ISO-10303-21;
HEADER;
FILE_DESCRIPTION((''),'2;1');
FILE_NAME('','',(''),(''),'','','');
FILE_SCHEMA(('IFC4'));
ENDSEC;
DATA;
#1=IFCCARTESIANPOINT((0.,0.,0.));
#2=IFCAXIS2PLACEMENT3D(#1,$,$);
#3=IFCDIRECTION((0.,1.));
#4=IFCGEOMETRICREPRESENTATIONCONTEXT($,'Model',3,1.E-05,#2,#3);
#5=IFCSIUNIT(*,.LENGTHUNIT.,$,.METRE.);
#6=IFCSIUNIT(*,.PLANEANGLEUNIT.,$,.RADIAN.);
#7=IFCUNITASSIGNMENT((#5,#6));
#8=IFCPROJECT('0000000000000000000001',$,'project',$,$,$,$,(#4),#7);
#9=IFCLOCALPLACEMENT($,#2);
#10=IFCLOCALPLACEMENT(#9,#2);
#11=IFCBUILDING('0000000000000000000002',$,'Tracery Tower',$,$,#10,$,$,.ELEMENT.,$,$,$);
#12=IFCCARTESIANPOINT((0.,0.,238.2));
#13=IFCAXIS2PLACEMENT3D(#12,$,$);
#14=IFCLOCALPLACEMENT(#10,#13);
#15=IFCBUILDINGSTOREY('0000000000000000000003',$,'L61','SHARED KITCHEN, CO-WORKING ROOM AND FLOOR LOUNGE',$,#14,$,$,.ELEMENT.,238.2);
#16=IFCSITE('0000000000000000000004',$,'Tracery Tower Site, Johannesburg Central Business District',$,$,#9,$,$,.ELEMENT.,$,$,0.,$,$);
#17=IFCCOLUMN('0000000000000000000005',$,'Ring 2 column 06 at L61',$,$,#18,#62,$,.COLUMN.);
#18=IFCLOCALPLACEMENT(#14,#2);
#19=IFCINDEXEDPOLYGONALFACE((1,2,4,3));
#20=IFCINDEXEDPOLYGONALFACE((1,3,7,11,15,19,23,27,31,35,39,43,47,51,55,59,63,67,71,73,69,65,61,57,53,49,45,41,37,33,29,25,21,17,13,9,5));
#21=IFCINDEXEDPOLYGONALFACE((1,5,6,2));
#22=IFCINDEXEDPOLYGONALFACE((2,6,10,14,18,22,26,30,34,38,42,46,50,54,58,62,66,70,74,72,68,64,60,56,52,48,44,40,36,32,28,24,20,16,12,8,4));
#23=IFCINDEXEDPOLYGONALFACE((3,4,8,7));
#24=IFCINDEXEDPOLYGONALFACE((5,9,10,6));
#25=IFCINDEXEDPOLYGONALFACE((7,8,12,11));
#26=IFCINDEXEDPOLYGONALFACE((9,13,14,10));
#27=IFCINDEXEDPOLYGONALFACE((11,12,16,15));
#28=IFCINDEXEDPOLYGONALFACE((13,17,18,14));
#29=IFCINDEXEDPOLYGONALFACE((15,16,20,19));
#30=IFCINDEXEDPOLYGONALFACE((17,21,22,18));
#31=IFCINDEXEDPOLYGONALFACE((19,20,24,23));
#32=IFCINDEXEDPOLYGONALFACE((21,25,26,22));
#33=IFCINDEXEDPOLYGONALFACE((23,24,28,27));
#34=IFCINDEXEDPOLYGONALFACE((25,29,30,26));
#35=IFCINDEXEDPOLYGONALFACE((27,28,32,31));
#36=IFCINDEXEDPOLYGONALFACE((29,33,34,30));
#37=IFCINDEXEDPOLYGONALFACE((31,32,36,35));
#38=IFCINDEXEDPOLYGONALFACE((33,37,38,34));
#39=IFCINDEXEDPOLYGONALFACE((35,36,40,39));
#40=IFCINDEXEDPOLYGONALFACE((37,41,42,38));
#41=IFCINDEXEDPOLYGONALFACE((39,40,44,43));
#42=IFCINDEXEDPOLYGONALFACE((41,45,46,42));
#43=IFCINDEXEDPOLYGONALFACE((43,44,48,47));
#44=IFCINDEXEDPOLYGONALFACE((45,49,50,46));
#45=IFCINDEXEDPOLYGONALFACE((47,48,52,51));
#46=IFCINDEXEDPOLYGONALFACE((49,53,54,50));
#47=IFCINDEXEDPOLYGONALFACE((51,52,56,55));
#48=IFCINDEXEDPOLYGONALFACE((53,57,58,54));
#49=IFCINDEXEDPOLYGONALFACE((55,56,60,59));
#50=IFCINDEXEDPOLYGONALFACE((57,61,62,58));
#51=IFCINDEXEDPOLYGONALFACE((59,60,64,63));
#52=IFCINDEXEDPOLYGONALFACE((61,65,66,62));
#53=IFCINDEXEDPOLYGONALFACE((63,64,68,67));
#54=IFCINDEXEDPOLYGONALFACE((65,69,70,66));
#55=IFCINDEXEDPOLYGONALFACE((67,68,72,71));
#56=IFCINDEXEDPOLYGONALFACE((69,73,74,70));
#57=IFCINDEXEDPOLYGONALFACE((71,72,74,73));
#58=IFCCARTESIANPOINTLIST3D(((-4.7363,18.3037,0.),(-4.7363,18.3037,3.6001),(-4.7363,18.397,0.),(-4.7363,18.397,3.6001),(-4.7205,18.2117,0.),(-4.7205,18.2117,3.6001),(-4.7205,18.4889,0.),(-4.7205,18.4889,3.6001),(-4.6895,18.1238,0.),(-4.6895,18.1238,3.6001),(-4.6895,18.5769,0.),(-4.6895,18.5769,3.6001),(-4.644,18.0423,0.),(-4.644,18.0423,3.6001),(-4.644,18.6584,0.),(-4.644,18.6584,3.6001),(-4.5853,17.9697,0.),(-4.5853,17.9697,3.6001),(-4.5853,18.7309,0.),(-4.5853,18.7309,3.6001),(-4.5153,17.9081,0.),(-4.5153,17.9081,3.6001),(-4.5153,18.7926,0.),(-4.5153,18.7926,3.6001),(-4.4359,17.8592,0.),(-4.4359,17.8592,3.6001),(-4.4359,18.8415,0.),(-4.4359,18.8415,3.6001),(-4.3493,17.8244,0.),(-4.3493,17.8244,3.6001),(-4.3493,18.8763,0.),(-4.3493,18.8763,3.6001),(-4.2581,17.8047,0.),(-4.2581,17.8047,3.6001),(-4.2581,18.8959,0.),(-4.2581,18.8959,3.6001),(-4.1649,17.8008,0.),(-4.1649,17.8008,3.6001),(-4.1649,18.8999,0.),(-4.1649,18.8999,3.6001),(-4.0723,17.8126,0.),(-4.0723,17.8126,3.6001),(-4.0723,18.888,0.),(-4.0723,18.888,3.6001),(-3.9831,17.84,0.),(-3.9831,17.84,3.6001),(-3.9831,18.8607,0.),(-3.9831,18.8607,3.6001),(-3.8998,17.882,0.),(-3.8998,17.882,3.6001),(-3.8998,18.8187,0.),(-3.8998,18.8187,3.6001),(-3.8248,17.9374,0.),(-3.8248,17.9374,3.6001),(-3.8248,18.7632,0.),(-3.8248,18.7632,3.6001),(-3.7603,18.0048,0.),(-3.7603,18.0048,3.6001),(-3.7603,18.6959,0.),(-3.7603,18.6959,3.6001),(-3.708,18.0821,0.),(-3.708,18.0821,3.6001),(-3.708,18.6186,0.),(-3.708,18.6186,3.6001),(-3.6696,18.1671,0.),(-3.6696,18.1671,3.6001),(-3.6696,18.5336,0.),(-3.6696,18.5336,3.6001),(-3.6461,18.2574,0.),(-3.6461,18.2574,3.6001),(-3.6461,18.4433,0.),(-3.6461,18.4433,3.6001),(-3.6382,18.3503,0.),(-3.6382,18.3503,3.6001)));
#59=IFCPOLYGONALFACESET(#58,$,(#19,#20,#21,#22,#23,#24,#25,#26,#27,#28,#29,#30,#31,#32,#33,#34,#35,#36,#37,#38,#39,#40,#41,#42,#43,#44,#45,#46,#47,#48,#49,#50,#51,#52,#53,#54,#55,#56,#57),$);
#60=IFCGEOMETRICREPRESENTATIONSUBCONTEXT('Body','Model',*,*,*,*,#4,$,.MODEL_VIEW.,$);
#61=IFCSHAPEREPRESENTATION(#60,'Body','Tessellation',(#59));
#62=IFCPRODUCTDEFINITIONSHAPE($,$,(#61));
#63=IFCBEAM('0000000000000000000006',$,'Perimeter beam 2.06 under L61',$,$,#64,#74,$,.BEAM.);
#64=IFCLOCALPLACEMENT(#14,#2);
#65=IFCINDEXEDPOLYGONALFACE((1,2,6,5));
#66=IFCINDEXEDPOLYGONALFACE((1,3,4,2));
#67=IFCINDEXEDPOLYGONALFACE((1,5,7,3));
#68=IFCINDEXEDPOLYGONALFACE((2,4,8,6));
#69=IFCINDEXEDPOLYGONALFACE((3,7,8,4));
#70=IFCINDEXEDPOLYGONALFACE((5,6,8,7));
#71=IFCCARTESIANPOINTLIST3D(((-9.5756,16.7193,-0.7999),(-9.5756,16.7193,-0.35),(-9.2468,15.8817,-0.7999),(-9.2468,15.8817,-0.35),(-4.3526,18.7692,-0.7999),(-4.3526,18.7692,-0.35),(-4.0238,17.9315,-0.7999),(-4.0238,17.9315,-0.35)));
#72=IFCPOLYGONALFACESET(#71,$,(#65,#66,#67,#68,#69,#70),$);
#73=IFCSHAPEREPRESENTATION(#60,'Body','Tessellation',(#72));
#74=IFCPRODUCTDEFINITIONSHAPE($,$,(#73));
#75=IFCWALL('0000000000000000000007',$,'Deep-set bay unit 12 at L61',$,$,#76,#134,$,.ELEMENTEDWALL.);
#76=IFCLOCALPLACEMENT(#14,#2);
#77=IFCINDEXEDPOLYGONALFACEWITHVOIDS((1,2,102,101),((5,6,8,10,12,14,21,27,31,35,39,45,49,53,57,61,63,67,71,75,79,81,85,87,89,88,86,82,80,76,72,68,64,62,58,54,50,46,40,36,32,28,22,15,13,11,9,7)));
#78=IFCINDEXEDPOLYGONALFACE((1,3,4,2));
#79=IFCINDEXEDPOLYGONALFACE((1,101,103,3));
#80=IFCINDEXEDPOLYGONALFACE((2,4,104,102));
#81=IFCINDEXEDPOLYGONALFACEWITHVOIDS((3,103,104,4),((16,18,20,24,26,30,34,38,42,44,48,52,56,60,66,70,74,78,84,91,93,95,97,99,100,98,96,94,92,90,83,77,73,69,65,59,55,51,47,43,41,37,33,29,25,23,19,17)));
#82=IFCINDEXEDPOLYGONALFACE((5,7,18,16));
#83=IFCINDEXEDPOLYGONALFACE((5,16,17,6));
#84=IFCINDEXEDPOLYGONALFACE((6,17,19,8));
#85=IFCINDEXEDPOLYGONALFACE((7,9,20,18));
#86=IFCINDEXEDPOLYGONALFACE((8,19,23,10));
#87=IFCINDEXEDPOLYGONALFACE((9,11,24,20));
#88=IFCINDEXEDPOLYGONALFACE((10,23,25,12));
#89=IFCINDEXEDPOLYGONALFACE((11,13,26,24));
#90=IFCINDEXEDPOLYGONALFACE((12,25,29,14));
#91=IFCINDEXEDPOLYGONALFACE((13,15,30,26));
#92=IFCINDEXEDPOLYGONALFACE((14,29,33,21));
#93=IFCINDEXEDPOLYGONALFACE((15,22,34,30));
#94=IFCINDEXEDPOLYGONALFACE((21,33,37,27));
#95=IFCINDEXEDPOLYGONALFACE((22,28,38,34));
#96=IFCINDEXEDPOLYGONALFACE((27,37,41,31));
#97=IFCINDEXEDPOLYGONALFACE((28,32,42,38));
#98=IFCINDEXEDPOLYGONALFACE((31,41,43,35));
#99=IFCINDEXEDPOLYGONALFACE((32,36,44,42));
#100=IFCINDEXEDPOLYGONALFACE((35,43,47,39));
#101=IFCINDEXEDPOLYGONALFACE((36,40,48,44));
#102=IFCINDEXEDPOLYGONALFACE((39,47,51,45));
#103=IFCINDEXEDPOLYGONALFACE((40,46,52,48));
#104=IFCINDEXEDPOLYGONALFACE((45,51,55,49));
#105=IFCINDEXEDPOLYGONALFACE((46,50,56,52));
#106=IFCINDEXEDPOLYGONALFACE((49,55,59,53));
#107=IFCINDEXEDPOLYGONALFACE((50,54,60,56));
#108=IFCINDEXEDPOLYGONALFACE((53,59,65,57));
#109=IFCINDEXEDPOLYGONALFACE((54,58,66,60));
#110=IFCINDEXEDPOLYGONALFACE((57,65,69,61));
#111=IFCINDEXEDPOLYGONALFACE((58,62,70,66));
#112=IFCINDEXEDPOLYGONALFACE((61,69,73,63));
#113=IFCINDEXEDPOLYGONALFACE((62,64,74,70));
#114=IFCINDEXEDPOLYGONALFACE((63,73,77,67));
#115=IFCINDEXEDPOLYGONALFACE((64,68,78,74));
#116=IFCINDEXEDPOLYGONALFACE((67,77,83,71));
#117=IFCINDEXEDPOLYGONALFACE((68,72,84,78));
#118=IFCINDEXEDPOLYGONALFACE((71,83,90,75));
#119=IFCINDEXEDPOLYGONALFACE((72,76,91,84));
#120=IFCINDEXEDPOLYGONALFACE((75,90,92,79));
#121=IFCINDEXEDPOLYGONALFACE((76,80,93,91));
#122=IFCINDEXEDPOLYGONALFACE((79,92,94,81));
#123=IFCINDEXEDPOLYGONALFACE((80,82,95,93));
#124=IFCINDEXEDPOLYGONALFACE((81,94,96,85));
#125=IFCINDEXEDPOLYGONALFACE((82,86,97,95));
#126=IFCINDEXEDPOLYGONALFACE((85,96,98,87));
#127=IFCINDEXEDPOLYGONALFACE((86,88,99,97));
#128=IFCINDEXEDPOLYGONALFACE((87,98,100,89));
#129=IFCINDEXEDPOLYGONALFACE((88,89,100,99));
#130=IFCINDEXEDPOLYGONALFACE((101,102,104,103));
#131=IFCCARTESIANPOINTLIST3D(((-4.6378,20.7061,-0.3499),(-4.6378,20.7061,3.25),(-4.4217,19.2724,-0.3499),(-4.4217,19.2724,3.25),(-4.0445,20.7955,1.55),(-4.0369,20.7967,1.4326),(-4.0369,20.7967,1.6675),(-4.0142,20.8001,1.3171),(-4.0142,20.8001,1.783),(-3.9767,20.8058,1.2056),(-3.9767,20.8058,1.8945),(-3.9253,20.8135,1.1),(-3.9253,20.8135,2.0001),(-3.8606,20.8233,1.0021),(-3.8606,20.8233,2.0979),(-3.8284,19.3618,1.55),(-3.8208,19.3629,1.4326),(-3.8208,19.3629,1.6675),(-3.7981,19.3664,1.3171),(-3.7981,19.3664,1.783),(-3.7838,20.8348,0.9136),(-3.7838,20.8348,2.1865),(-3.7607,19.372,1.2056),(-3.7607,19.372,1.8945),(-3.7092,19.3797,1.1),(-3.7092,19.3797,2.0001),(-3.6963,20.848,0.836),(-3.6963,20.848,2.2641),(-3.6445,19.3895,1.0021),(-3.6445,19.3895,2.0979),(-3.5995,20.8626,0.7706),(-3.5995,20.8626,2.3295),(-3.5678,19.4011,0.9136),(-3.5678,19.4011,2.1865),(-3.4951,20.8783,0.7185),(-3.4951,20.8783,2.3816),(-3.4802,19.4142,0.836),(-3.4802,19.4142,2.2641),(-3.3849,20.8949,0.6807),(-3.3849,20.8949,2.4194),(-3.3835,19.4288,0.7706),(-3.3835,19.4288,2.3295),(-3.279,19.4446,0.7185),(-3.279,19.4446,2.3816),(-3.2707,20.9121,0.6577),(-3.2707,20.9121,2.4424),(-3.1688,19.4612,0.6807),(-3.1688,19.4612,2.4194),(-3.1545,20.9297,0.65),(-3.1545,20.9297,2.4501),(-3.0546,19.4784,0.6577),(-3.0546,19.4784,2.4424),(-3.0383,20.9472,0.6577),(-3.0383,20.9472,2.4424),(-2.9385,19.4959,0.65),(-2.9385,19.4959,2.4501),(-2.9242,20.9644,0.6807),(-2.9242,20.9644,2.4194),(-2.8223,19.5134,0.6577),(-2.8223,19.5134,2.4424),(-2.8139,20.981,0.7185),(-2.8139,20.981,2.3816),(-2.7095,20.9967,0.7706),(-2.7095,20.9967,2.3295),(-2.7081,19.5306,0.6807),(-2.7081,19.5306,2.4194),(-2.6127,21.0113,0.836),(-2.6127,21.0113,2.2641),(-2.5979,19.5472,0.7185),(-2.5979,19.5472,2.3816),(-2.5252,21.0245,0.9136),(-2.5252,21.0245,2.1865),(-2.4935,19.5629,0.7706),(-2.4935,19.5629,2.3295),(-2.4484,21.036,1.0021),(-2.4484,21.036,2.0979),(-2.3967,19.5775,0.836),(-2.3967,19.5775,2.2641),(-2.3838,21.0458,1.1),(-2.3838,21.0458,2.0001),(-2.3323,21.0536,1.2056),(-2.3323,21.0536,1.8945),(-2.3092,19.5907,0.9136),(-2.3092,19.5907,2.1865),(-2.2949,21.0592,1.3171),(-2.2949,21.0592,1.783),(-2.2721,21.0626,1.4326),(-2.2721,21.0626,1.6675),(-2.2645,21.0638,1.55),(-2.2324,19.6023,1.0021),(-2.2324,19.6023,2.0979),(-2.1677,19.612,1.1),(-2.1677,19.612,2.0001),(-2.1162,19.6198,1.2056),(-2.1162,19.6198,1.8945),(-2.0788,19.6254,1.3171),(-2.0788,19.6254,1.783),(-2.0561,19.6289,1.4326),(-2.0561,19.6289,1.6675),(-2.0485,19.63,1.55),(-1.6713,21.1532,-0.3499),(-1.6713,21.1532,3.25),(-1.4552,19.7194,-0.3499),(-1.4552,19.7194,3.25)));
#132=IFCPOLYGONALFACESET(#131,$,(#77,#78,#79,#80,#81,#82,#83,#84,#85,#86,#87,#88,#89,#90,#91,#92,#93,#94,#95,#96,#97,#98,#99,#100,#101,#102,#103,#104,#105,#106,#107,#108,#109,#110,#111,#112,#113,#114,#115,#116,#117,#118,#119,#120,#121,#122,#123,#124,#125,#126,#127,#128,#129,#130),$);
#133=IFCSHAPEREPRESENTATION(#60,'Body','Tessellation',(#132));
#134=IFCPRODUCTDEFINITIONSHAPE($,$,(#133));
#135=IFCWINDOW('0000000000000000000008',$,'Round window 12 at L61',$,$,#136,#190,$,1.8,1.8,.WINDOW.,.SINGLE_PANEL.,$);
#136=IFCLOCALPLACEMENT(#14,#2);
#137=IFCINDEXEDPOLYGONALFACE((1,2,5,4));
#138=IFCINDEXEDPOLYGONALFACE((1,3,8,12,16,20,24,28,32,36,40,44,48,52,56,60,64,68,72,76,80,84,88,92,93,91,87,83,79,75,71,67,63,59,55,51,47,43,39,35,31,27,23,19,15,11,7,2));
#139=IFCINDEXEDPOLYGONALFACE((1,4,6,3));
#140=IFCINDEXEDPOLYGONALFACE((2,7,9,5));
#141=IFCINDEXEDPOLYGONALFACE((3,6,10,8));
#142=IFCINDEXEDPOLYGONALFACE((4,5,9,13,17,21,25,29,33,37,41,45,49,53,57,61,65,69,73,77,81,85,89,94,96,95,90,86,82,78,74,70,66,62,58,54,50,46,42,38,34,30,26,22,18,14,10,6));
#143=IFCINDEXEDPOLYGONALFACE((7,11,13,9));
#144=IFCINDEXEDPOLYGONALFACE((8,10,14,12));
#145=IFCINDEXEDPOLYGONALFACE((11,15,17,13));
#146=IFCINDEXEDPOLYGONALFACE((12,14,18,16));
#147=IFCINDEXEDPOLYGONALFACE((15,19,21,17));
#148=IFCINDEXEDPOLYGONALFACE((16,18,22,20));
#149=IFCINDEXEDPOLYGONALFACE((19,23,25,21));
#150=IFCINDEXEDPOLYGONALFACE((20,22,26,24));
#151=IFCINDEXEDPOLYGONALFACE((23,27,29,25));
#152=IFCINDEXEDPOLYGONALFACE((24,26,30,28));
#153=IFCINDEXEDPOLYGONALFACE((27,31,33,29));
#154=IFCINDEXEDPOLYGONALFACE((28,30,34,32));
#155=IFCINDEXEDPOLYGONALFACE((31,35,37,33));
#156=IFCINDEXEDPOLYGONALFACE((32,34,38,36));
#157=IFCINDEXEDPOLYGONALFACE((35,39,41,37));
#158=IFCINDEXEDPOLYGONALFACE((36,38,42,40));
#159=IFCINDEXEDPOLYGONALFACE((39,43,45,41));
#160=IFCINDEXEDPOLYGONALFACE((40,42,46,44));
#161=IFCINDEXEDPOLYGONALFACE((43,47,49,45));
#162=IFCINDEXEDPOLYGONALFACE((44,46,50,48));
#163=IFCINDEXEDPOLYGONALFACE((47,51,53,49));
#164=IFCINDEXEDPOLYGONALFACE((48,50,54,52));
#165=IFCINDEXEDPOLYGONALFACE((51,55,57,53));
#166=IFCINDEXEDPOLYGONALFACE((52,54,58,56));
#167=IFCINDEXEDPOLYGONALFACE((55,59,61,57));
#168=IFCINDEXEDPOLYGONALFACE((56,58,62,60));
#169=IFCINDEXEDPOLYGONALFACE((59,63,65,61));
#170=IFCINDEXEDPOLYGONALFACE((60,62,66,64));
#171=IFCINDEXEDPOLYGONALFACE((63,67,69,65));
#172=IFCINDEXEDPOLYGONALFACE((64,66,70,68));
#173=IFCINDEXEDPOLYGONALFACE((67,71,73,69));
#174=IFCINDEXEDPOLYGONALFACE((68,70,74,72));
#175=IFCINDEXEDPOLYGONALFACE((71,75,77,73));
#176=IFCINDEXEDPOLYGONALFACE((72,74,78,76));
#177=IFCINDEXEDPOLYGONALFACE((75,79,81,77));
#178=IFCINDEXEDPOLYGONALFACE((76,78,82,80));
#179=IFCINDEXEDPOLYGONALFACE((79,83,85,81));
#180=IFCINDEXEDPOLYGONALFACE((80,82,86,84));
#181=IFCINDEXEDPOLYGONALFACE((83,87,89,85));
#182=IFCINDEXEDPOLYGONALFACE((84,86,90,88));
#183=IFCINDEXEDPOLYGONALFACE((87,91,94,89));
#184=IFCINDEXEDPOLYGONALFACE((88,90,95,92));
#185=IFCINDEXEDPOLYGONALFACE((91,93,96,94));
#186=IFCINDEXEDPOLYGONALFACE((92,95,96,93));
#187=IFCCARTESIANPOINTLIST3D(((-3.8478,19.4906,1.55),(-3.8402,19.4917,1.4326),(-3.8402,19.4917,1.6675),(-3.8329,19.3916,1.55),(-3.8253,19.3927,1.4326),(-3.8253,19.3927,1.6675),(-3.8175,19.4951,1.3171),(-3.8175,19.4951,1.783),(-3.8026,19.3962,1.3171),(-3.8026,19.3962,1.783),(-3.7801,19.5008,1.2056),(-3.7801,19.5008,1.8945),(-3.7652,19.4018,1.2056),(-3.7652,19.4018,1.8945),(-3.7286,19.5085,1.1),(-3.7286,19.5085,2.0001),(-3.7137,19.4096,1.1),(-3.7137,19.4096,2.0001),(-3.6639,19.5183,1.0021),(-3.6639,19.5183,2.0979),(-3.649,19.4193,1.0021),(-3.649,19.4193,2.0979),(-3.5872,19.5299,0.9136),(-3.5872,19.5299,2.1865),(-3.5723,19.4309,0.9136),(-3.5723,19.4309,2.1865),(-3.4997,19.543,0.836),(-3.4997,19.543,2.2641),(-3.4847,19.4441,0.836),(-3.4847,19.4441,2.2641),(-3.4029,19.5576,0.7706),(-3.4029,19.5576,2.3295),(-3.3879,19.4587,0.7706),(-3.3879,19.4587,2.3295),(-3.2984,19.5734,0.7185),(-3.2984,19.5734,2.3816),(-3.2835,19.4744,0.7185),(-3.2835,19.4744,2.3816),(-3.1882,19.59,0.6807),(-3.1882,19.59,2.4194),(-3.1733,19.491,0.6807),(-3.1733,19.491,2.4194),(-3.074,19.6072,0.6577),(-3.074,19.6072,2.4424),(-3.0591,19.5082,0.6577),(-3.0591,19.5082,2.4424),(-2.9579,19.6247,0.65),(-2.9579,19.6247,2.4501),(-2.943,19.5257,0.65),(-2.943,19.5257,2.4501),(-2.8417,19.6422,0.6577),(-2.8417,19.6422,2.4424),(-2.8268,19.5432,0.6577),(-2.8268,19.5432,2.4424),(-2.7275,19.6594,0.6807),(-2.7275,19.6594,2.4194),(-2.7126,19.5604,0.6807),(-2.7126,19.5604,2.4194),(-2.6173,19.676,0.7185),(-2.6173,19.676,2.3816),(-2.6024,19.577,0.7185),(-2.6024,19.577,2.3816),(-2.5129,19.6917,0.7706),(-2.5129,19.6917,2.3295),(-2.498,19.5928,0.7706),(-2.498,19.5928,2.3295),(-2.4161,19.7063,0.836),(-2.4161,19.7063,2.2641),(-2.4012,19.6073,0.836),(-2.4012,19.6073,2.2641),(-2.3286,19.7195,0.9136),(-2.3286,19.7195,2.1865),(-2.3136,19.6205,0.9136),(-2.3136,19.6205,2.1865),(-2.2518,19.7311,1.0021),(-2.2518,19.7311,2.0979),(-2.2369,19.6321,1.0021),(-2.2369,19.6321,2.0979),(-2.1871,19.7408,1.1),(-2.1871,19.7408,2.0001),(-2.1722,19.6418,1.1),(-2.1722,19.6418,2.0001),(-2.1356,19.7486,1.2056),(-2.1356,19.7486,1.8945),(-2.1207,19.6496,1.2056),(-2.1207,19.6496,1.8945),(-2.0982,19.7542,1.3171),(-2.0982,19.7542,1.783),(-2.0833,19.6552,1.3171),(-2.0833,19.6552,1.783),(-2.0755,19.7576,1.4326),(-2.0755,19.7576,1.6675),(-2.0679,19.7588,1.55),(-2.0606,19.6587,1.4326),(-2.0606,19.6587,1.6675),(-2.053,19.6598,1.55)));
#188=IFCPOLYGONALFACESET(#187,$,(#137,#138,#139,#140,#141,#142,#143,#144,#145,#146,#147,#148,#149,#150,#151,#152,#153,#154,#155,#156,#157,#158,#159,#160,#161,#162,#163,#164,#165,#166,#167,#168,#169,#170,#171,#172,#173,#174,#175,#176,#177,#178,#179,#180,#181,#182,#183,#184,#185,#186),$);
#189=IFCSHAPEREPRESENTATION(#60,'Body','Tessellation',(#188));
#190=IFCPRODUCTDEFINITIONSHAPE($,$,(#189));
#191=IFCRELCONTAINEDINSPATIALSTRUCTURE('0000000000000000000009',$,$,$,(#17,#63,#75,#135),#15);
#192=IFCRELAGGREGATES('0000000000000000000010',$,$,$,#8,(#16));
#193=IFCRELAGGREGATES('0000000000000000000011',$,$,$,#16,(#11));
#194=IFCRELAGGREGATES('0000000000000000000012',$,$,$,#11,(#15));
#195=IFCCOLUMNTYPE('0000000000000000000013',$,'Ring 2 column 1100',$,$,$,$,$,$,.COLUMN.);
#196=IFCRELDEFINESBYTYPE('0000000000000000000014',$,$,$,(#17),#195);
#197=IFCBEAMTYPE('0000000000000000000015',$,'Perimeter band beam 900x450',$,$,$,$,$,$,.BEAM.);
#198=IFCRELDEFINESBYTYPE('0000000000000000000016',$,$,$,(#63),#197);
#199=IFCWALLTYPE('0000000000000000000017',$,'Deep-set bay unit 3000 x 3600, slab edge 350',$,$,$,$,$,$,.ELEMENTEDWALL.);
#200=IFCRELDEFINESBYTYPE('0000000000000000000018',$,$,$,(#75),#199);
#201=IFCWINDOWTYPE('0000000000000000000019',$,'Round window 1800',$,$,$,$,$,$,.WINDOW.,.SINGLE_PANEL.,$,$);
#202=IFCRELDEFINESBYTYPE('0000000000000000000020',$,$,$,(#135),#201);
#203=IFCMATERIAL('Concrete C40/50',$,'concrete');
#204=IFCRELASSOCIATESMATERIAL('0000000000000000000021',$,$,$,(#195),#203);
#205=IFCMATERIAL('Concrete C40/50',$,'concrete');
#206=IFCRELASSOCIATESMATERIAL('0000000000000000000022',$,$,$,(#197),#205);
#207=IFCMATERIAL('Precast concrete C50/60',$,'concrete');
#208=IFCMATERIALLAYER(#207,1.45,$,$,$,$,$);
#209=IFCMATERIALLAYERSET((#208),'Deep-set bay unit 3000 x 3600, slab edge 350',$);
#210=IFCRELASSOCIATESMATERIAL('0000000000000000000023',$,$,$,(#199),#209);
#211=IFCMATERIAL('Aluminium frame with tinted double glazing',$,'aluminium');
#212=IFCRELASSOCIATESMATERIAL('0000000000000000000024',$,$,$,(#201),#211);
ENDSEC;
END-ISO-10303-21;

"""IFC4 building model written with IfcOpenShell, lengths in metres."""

from ifc_helpers import new_model, si_unit, direction, frame, frame_2d, origin, origin_2d, place, context, subcontext, project, spatial, rectangle, circle, extrude, material, layer, layer_set, material_profile, profile_set, type_object, element, fill, save


model = new_model("IFC4")

# Units and contexts
model_context = context("Model", 3, precision=1e-05, world=origin(), true_north=direction((0.0, 1.0)))
body_context = subcontext(model_context, "Body", "Model", "MODEL_VIEW")
ifc_project = project(units=[si_unit("LENGTHUNIT", "METRE"), si_unit("PLANEANGLEUNIT", "RADIAN")], contexts=[model_context])

# Site, building, storey
site_placement = place(None, origin())
site = spatial("IfcSite", under=ifc_project, at=site_placement, Name="Tracery Tower Site, Johannesburg Central Business District", CompositionType="ELEMENT", RefElevation=0.0)
building_placement = place(site_placement, origin())
building = spatial("IfcBuilding", under=site, at=building_placement, Name="Tracery Tower", CompositionType="ELEMENT")
storey_placement = place(building_placement, frame((0.0, 0.0, 238.2)))
storey = spatial("IfcBuildingStorey", under=building, at=storey_placement, Name="L61", Description="SHARED KITCHEN, CO-WORKING ROOM AND FLOOR LOUNGE", CompositionType="ELEMENT", Elevation=238.2)

# Column
ifc_material_1 = material(Name="Concrete C40/50", Category="concrete")
ifc_material_profile_1 = material_profile(ifc_material_1, circle(Radius=0.55, at=origin_2d()), Name="RC D1100")
ifc_profile_set_1 = profile_set([ifc_material_profile_1], Name="Concrete C40/50")
column_type = type_object("IfcColumnType", Name="Ring 2 column 1100", PredefinedType="COLUMN", material=ifc_profile_set_1)
column_placement = place(storey_placement, frame((-4.1882, 18.3503, 0.0), z_axis=(0.0, 0.0, 1.0), x_axis=(1.0, 0.0, 0.0)))
element("IfcColumn", 1, at=column_placement, inside=storey, type_object=column_type, Name="Ring 2 column 06 at L61", PredefinedType="COLUMN", context=body_context, shape_type="SweptSolid", body=[
    extrude(circle(Radius=0.55, at=origin_2d()), origin(), (0.0, 0.0, 1.0), 3.6001),
])

# Beam
ifc_material_2 = material(Name="Concrete C40/50", Category="concrete")
ifc_material_profile_2 = material_profile(ifc_material_2, rectangle(XDim=0.8999, YDim=0.45, at=origin_2d()), Name="RC 900x450")
ifc_profile_set_2 = profile_set([ifc_material_profile_2], Name="Concrete C40/50")
beam_type = type_object("IfcBeamType", Name="Perimeter band beam 900x450", PredefinedType="BEAM", material=ifc_profile_set_2)
beam_placement = place(storey_placement, frame((-4.1882, 18.3503, -0.575), z_axis=(-0.930876, -0.365336, 0.0), x_axis=(0.365336, -0.930876, 0.0)))
element("IfcBeam", 2, at=beam_placement, inside=storey, type_object=beam_type, Name="Perimeter beam 2.06 under L61", PredefinedType="BEAM", context=body_context, shape_type="SweptSolid", body=[
    extrude(rectangle(XDim=0.8999, YDim=0.45, at=origin_2d()), origin(), (0.0, 0.0, 1.0), 5.6108),
])

# Wall, opening, window
ifc_material_3 = material(Name="Precast concrete C50/60", Category="concrete")
ifc_layer_1 = layer(ifc_material_3, 1.45)
ifc_layer_set_1 = layer_set([ifc_layer_1], Name="Deep-set bay unit 3000 x 3600, slab edge 350")
wall_type_1 = type_object("IfcWallType", Name="Deep-set bay unit 3000 x 3600, slab edge 350", PredefinedType="ELEMENTEDWALL", material=ifc_layer_set_1)
wall_1_placement = place(storey_placement, frame((-1.5632, 20.4363, -0.3499), z_axis=(0.0, 0.0, 1.0), x_axis=(-0.988836, -0.149005, 0.0)))
wall_1 = element("IfcWall", 3, at=wall_1_placement, inside=storey, type_object=wall_type_1, Name="Deep-set bay unit 12 at L61", PredefinedType="ELEMENTEDWALL", context=body_context, shape_type="SweptSolid", body=[
    extrude(rectangle(XDim=3.0, YDim=1.45, at=frame_2d((1.5, 0.0))), origin(), (0.0, 0.0, 1.0), 3.5999),
])
opening_1_placement = place(wall_1_placement, frame((1.5, 0.0, 1.8999)))
opening_1 = element("IfcOpeningElement", 4, at=opening_1_placement, cuts=wall_1, PredefinedType="OPENING", context=body_context, shape_type="SweptSolid", body=[
    extrude(circle(Radius=0.9, at=origin_2d()), frame((0.0, 0.7349, 0.0), z_axis=(0.0, -1.0, 0.0), x_axis=(1.0, 0.0, 0.0)), (0.0, 0.0, 1.0), 1.47),
])
ifc_material_4 = material(Name="Aluminium frame with tinted double glazing", Category="aluminium")
window_type = type_object("IfcWindowType", Name="Round window 1800", PartitioningType="SINGLE_PANEL", PredefinedType="WINDOW", material=ifc_material_4)
window_1_placement = place(opening_1_placement, origin())
window_1 = element("IfcWindow", 5, at=window_1_placement, inside=storey, type_object=window_type, Name="Round window 12 at L61", OverallHeight=1.8, OverallWidth=1.8, PartitioningType="SINGLE_PANEL", PredefinedType="WINDOW", context=body_context, shape_type="SweptSolid", body=[
    extrude(circle(Radius=0.9, at=origin_2d()), frame((0.0, 0.6948, 0.0), z_axis=(0.0, -1.0, 0.0), x_axis=(1.0, 0.0, 0.0)), (0.0, 0.0, 1.0), 0.1001),
])
fill(opening_1, window_1)

save(model, "model.ifc")
